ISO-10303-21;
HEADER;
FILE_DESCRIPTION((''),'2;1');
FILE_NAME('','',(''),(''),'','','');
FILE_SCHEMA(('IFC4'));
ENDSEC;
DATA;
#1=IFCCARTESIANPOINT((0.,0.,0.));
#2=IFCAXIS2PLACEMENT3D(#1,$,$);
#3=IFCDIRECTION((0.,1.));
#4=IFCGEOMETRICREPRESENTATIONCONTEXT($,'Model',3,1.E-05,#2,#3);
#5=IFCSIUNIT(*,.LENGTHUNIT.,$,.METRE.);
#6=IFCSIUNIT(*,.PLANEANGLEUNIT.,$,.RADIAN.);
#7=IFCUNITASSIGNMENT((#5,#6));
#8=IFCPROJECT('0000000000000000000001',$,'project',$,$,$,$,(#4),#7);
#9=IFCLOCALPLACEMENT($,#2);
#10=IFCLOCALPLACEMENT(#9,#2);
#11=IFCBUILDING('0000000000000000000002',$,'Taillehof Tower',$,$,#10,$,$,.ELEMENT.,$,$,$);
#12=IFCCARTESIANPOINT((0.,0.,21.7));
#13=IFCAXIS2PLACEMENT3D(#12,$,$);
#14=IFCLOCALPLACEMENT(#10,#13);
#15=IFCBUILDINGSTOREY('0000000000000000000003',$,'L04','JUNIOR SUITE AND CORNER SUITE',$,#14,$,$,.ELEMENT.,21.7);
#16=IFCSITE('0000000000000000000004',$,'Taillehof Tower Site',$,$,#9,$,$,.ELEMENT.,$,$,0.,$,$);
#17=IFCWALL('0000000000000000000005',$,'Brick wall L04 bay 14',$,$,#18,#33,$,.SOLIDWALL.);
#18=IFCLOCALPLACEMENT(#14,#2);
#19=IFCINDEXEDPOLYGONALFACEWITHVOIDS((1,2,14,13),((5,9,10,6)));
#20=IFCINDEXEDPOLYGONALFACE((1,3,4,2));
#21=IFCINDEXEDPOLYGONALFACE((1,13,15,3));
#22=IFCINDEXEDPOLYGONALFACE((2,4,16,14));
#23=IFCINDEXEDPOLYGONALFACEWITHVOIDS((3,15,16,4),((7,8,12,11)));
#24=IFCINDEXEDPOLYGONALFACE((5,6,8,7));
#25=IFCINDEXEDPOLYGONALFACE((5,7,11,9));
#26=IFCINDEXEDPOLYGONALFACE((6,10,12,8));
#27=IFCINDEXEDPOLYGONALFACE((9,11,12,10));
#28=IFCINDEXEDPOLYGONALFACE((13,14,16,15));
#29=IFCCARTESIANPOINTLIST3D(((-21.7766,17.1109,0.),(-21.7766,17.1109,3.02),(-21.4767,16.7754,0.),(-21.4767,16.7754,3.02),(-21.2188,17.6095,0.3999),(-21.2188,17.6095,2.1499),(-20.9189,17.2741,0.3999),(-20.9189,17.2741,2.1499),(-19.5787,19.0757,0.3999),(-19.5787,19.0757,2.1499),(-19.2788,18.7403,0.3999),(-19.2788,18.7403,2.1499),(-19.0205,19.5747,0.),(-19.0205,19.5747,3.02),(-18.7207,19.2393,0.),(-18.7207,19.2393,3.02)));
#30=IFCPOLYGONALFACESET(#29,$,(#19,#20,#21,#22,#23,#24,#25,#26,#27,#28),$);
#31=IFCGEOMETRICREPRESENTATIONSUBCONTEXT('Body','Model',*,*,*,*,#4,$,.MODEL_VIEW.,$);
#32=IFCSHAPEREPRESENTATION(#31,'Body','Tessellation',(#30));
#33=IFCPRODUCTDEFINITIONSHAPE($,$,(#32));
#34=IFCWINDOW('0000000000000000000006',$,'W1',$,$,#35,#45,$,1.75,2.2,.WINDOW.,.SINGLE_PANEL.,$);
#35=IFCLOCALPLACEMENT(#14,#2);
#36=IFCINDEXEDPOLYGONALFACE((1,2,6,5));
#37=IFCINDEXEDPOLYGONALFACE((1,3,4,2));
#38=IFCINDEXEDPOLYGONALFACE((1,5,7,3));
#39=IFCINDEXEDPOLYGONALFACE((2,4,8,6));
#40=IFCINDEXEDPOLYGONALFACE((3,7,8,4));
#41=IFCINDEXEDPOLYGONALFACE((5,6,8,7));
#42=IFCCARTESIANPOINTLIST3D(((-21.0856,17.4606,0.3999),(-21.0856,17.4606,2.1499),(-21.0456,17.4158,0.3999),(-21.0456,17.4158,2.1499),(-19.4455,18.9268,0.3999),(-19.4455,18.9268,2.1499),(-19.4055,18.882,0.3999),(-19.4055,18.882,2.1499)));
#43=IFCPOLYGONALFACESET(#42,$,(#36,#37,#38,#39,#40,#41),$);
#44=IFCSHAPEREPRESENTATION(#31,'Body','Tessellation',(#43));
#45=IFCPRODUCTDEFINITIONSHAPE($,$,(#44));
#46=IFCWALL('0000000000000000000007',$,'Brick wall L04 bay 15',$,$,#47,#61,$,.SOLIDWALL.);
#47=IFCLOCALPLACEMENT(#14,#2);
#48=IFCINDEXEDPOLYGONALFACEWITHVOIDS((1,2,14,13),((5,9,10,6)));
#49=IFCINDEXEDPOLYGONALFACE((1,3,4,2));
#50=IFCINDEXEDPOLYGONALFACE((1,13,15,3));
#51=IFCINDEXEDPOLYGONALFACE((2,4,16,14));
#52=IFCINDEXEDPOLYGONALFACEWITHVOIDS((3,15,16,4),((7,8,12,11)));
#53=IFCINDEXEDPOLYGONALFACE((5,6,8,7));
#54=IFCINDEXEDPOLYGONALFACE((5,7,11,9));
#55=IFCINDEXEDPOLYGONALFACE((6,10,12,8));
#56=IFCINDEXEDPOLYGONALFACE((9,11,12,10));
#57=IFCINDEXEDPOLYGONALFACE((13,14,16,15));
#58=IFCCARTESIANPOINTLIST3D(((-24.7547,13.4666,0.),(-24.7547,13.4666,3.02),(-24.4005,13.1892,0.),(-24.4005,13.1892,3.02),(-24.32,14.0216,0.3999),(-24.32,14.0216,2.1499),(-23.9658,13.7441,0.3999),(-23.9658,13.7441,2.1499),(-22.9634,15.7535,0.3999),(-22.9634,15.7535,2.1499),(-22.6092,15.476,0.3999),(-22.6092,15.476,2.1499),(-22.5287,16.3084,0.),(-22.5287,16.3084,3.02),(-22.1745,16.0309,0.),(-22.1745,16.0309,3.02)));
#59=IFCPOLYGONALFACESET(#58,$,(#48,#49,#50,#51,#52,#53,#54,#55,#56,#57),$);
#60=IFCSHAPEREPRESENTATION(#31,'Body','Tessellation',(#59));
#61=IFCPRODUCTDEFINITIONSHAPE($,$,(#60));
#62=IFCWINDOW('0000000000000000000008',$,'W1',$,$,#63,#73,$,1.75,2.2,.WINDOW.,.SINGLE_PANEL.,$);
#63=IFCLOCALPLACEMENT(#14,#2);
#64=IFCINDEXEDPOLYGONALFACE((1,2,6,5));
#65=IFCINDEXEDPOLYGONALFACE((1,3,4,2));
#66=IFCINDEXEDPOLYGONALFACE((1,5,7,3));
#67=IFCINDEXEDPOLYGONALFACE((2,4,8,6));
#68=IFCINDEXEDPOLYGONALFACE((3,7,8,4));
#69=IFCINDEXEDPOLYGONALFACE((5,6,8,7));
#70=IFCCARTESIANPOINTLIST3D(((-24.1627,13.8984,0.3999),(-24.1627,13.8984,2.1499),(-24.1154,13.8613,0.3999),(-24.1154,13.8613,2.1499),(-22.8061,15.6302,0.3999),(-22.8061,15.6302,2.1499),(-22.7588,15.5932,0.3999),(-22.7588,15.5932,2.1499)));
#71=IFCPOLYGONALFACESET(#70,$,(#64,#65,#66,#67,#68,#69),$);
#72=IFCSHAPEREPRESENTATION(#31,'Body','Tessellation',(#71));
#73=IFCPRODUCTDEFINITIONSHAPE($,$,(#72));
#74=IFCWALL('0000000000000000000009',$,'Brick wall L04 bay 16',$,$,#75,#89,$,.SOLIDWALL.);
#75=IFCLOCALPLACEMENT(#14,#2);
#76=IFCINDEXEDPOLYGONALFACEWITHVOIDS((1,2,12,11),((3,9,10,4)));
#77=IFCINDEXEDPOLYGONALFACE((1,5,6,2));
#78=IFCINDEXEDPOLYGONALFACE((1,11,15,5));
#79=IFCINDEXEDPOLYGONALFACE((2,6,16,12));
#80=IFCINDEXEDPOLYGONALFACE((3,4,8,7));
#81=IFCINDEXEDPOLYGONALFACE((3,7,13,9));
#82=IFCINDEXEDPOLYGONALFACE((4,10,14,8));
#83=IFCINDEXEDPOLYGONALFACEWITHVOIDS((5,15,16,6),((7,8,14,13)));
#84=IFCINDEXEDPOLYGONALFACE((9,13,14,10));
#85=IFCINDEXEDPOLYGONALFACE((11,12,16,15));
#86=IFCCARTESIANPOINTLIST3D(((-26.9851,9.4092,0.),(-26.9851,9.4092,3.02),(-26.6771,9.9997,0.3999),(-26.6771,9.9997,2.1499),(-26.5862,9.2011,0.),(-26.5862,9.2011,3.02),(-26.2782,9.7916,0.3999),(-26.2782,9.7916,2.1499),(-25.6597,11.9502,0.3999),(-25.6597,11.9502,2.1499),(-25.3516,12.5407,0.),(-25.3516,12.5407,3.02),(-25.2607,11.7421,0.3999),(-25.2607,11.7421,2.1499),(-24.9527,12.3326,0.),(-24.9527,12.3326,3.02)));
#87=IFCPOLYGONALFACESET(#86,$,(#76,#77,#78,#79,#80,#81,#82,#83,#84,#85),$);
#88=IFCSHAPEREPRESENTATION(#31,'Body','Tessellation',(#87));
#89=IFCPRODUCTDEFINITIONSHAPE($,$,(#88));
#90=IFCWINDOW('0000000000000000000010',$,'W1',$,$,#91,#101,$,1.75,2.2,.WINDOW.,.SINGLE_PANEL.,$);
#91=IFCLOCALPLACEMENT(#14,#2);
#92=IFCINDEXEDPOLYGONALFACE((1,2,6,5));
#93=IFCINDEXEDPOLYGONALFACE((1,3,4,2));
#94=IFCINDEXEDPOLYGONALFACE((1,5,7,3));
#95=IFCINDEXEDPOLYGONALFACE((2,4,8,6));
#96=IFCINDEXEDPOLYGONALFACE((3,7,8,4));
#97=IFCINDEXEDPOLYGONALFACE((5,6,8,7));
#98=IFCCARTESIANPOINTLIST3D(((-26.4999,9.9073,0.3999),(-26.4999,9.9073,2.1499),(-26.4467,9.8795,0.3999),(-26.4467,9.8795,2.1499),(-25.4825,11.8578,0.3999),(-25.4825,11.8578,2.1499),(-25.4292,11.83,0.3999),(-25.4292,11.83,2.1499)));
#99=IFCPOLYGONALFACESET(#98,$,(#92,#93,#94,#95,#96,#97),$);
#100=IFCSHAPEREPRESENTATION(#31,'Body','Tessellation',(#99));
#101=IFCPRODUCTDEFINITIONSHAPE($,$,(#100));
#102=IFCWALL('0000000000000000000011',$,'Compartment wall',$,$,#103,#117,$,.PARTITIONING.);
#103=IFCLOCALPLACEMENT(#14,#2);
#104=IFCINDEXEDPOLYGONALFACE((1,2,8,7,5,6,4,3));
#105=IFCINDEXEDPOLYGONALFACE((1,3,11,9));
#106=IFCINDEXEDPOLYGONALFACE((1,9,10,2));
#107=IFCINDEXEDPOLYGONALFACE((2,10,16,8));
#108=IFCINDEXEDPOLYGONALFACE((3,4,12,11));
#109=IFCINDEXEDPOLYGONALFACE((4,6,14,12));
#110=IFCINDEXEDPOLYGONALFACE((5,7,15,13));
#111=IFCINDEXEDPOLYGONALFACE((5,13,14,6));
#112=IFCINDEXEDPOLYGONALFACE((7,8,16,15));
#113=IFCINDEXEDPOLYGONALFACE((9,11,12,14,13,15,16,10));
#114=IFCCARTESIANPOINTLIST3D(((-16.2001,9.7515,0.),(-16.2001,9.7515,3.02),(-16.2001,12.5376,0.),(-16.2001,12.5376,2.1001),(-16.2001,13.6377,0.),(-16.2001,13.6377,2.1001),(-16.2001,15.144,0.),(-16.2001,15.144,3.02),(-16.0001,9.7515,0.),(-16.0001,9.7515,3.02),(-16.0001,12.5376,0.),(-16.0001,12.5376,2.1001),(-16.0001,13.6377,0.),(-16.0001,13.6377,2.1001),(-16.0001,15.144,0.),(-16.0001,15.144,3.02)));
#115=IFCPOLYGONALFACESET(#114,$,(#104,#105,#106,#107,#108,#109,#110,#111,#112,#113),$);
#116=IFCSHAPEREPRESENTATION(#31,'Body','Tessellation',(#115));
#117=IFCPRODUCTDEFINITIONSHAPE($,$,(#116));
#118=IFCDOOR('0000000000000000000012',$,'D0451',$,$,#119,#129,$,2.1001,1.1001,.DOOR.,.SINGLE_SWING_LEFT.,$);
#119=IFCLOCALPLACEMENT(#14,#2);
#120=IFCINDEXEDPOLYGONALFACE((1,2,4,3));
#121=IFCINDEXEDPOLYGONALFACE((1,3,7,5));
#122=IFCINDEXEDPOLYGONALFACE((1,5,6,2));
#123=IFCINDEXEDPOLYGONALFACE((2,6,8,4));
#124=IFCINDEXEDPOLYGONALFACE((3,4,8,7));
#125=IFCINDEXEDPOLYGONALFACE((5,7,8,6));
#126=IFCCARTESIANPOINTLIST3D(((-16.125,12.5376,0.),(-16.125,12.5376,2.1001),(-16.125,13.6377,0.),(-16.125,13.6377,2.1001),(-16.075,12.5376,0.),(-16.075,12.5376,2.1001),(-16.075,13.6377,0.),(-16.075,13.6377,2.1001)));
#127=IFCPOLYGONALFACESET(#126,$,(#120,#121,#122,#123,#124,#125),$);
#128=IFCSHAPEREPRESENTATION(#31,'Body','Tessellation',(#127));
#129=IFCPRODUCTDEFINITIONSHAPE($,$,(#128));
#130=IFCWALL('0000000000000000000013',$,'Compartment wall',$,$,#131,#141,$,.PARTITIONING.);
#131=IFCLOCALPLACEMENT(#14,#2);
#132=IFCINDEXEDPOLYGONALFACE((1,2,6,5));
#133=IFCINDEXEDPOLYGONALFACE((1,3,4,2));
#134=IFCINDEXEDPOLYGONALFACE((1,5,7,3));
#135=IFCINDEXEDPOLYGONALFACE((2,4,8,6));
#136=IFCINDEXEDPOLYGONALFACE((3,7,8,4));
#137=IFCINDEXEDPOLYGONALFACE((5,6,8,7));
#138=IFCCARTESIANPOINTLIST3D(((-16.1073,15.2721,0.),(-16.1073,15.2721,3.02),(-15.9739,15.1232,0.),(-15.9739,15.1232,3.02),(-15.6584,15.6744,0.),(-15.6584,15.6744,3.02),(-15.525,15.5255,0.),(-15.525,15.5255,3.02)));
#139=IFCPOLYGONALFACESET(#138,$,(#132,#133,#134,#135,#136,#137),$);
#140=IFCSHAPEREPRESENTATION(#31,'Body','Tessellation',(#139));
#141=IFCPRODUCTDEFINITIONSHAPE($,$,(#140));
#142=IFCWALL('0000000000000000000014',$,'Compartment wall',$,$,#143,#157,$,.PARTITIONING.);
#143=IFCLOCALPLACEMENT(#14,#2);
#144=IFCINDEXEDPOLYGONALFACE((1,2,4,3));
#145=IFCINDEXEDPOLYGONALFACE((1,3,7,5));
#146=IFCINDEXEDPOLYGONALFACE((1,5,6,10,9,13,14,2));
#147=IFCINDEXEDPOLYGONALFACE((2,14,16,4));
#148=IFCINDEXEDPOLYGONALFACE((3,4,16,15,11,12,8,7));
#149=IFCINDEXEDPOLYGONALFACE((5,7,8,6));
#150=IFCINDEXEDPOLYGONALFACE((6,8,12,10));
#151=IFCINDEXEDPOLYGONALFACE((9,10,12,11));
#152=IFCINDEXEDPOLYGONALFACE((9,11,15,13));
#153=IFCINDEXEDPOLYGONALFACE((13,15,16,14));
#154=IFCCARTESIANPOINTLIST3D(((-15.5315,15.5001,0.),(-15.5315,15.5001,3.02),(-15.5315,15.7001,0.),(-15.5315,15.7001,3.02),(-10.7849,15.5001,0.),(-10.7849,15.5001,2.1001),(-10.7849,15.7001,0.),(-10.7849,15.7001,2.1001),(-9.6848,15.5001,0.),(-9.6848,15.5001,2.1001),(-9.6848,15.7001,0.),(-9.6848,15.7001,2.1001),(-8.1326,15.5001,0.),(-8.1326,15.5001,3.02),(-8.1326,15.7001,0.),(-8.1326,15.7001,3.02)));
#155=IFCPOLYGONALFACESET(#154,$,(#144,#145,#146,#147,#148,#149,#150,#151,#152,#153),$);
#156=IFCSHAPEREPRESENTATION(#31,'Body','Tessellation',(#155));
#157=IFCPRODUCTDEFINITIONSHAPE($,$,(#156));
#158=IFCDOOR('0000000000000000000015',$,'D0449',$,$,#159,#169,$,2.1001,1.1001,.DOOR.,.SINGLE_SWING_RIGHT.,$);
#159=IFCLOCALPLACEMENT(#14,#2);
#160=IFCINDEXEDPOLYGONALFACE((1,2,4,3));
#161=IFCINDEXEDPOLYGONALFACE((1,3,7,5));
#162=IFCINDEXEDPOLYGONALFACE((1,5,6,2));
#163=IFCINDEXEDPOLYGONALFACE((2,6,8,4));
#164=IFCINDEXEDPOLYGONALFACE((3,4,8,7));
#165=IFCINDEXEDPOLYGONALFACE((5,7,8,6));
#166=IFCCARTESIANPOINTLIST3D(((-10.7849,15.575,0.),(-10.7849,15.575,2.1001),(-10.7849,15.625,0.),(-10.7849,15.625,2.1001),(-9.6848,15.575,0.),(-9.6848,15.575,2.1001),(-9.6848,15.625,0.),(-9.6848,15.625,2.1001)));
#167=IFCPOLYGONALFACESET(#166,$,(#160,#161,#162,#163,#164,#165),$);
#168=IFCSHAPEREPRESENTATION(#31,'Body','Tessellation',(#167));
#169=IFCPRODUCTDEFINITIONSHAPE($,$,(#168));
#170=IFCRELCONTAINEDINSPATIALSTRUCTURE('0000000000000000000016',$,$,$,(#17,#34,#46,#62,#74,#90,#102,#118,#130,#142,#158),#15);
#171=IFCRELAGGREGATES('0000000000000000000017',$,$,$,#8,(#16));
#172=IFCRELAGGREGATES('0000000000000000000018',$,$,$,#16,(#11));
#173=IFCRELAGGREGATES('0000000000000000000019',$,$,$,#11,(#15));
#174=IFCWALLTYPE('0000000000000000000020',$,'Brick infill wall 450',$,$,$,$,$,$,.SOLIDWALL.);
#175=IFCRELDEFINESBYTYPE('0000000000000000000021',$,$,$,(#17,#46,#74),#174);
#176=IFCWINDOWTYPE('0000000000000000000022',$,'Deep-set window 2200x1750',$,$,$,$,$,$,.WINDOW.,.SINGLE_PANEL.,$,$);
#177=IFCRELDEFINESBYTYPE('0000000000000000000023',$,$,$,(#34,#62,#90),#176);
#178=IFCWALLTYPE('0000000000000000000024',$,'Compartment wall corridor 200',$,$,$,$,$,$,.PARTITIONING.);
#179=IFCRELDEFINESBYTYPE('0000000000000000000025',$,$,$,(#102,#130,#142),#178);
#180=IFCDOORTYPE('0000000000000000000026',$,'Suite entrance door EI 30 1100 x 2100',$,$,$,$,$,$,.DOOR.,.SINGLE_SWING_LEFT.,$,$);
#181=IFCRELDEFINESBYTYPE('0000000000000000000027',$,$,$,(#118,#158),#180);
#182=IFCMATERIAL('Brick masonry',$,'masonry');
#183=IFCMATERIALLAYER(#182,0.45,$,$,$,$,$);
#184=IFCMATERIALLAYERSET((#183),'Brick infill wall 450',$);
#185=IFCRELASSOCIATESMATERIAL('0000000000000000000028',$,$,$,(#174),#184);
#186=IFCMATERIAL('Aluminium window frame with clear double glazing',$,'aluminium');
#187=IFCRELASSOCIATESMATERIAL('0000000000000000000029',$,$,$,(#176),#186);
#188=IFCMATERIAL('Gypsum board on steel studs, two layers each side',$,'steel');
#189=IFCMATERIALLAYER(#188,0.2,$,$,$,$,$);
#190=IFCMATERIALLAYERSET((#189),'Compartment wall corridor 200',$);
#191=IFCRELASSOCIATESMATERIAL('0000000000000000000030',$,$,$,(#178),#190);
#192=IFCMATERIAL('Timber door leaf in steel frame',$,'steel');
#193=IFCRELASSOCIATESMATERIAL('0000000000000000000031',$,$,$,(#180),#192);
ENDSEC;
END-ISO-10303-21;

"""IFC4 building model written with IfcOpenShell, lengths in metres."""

from ifc_helpers import new_model, si_unit, direction, frame, frame_2d, origin, place, context, subcontext, project, spatial, rectangle, extrude, material, layer, layer_set, type_object, element, fill, save


model = new_model("IFC4")

# Units and contexts
model_context = context("Model", 3, precision=1e-05, world=origin(), true_north=direction((0.0, 1.0)))
body_context = subcontext(model_context, "Body", "Model", "MODEL_VIEW")
ifc_project = project(units=[si_unit("LENGTHUNIT", "METRE"), si_unit("PLANEANGLEUNIT", "RADIAN")], contexts=[model_context])

# Site, building, storey
site_placement = place(None, origin())
site = spatial("IfcSite", under=ifc_project, at=site_placement, Name="Taillehof Tower Site", CompositionType="ELEMENT", RefElevation=0.0)
building_placement = place(site_placement, origin())
building = spatial("IfcBuilding", under=site, at=building_placement, Name="Taillehof Tower", CompositionType="ELEMENT")
storey_placement = place(building_placement, frame((0.0, 0.0, 21.7)))
storey = spatial("IfcBuildingStorey", under=building, at=storey_placement, Name="L04", Description="JUNIOR SUITE AND CORNER SUITE", CompositionType="ELEMENT", Elevation=21.7)

# Walls, openings, windows
ifc_material_1 = material(Name="Brick masonry", Category="masonry")
ifc_layer_1 = layer(ifc_material_1, 0.45)
ifc_layer_set_1 = layer_set([ifc_layer_1], Name="Brick infill wall 450")
wall_type_1 = type_object("IfcWallType", Name="Brick infill wall 450", PredefinedType="SOLIDWALL", material=ifc_layer_set_1)
ifc_material_2 = material(Name="Aluminium window frame with clear double glazing", Category="aluminium")
window_type = type_object("IfcWindowType", Name="Deep-set window 2200x1750", PartitioningType="SINGLE_PANEL", PredefinedType="WINDOW", material=ifc_material_2)
wall_1_placement = place(storey_placement, frame((-18.8706, 19.407, 0.0), z_axis=(0.0, 0.0, 1.0), x_axis=(-0.745526, -0.666476, 0.0)))
wall_1 = element("IfcWall", 1, at=wall_1_placement, inside=storey, type_object=wall_type_1, Name="Brick wall L04 bay 14", PredefinedType="SOLIDWALL", context=body_context, shape_type="SweptSolid", body=[
    extrude(rectangle(XDim=3.6968, YDim=0.45, at=frame_2d((1.8484, 0.0))), origin(), (0.0, 0.0, 1.0), 3.02),
])
opening_1_placement = place(wall_1_placement, frame((0.7485, 0.0, 0.3999)))
opening_1 = element("IfcOpeningElement", 2, at=opening_1_placement, cuts=wall_1, PredefinedType="OPENING", context=body_context, shape_type="SweptSolid", body=[
    extrude(rectangle(XDim=2.2, YDim=1.75, at=frame_2d((1.1001, 0.875))), frame((0.0, 0.2349, 0.0), z_axis=(0.0, -1.0, 0.0), x_axis=(1.0, 0.0, 0.0)), (0.0, 0.0, 1.0), 0.47),
])
window_1_placement = place(opening_1_placement, origin())
window_1 = element("IfcWindow", 3, at=window_1_placement, inside=storey, type_object=window_type, Name="W1", OverallHeight=1.75, OverallWidth=2.2, PartitioningType="SINGLE_PANEL", PredefinedType="WINDOW", context=body_context, shape_type="SweptSolid", body=[
    extrude(rectangle(XDim=2.2, YDim=1.75, at=frame_2d((1.1001, 0.875))), frame((0.0, 0.0349, 0.0), z_axis=(0.0, -1.0, 0.0), x_axis=(1.0, 0.0, 0.0)), (0.0, 0.0, 1.0), 0.0601),
])
fill(opening_1, window_1)
wall_2_placement = place(storey_placement, frame((-22.3516, 16.1697, 0.0), z_axis=(0.0, 0.0, 1.0), x_axis=(-0.616662, -0.787228, 0.0)))
wall_2 = element("IfcWall", 4, at=wall_2_placement, inside=storey, type_object=wall_type_1, Name="Brick wall L04 bay 15", PredefinedType="SOLIDWALL", context=body_context, shape_type="SweptSolid", body=[
    extrude(rectangle(XDim=3.6099, YDim=0.45, at=frame_2d((1.8049, 0.0))), origin(), (0.0, 0.0, 1.0), 3.02),
])
opening_2_placement = place(wall_2_placement, frame((0.7048, 0.0, 0.3999)))
opening_2 = element("IfcOpeningElement", 5, at=opening_2_placement, cuts=wall_2, PredefinedType="OPENING", context=body_context, shape_type="SweptSolid", body=[
    extrude(rectangle(XDim=2.2, YDim=1.75, at=frame_2d((1.1001, 0.875))), frame((0.0, 0.2349, 0.0), z_axis=(0.0, -1.0, 0.0), x_axis=(1.0, 0.0, 0.0)), (0.0, 0.0, 1.0), 0.47),
])
window_2_placement = place(opening_2_placement, origin())
window_2 = element("IfcWindow", 6, at=window_2_placement, inside=storey, type_object=window_type, Name="W1", OverallHeight=1.75, OverallWidth=2.2, PartitioningType="SINGLE_PANEL", PredefinedType="WINDOW", context=body_context, shape_type="SweptSolid", body=[
    extrude(rectangle(XDim=2.2, YDim=1.75, at=frame_2d((1.1001, 0.875))), frame((0.0, 0.0349, 0.0), z_axis=(0.0, -1.0, 0.0), x_axis=(1.0, 0.0, 0.0)), (0.0, 0.0, 1.0), 0.0601),
])
fill(opening_2, window_2)
wall_3_placement = place(storey_placement, frame((-25.1521, 12.4368, 0.0), z_axis=(0.0, 0.0, 1.0), x_axis=(-0.462493, -0.886623, 0.0)))
wall_3 = element("IfcWall", 7, at=wall_3_placement, inside=storey, type_object=wall_type_1, Name="Brick wall L04 bay 16", PredefinedType="SOLIDWALL", context=body_context, shape_type="SweptSolid", body=[
    extrude(rectangle(XDim=3.532, YDim=0.45, at=frame_2d((1.7661, 0.0))), origin(), (0.0, 0.0, 1.0), 3.02),
])
opening_3_placement = place(wall_3_placement, frame((0.666, 0.0, 0.3999)))
opening_3 = element("IfcOpeningElement", 8, at=opening_3_placement, cuts=wall_3, PredefinedType="OPENING", context=body_context, shape_type="SweptSolid", body=[
    extrude(rectangle(XDim=2.2, YDim=1.75, at=frame_2d((1.1001, 0.875))), frame((0.0, 0.2349, 0.0), z_axis=(0.0, -1.0, 0.0), x_axis=(1.0, 0.0, 0.0)), (0.0, 0.0, 1.0), 0.47),
])
window_3_placement = place(opening_3_placement, origin())
window_3 = element("IfcWindow", 9, at=window_3_placement, inside=storey, type_object=window_type, Name="W1", OverallHeight=1.75, OverallWidth=2.2, PartitioningType="SINGLE_PANEL", PredefinedType="WINDOW", context=body_context, shape_type="SweptSolid", body=[
    extrude(rectangle(XDim=2.2, YDim=1.75, at=frame_2d((1.1001, 0.875))), frame((0.0, 0.0349, 0.0), z_axis=(0.0, -1.0, 0.0), x_axis=(1.0, 0.0, 0.0)), (0.0, 0.0, 1.0), 0.0601),
])
fill(opening_3, window_3)

# Wall, opening, door
ifc_material_3 = material(Name="Gypsum board on steel studs, two layers each side", Category="steel")
ifc_layer_2 = layer(ifc_material_3, 0.2)
ifc_layer_set_2 = layer_set([ifc_layer_2], Name="Compartment wall corridor 200")
wall_type_2 = type_object("IfcWallType", Name="Compartment wall corridor 200", PredefinedType="PARTITIONING", material=ifc_layer_set_2)
wall_4_placement = place(storey_placement, frame((-16.1001, 9.7515, 0.0), z_axis=(0.0, 0.0, 1.0), x_axis=(0.0, 1.0, 0.0)))
wall_4 = element("IfcWall", 10, at=wall_4_placement, inside=storey, type_object=wall_type_2, Name="Compartment wall", PredefinedType="PARTITIONING", context=body_context, shape_type="SweptSolid", body=[
    extrude(rectangle(XDim=5.3926, YDim=0.2, at=frame_2d((2.6963, 0.0))), origin(), (0.0, 0.0, 1.0), 3.02),
])
opening_4_placement = place(wall_4_placement, frame((2.7861, 0.0, 0.0)))
opening_4 = element("IfcOpeningElement", 11, at=opening_4_placement, cuts=wall_4, PredefinedType="OPENING", context=body_context, shape_type="SweptSolid", body=[
    extrude(rectangle(XDim=1.1001, YDim=2.1001, at=frame_2d((0.55, 1.05))), frame((0.0, 0.1099, 0.0), z_axis=(0.0, -1.0, 0.0), x_axis=(1.0, 0.0, 0.0)), (0.0, 0.0, 1.0), 0.22),
])
ifc_material_4 = material(Name="Timber door leaf in steel frame", Category="steel")
door_type_1 = type_object("IfcDoorType", Name="Suite entrance door EI 30 1100 x 2100", OperationType="SINGLE_SWING_LEFT", PredefinedType="DOOR", material=ifc_material_4)
door_1_placement = place(opening_4_placement, origin())
door_1 = element("IfcDoor", 12, at=door_1_placement, inside=storey, type_object=door_type_1, Name="D0451", OperationType="SINGLE_SWING_LEFT", OverallHeight=2.1001, OverallWidth=1.1001, PredefinedType="DOOR", context=body_context, shape_type="SweptSolid", body=[
    extrude(rectangle(XDim=1.1001, YDim=2.1001, at=frame_2d((0.55, 1.05))), frame((0.0, 0.0249, 0.0), z_axis=(0.0, -1.0, 0.0), x_axis=(1.0, 0.0, 0.0)), (0.0, 0.0, 1.0), 0.05),
])
fill(opening_4, door_1)

# Wall
wall_5_placement = place(storey_placement, frame((-16.0405, 15.1978, 0.0), z_axis=(0.0, 0.0, 1.0), x_axis=(0.744722, 0.667375, 0.0)))
element("IfcWall", 13, at=wall_5_placement, inside=storey, type_object=wall_type_2, Name="Compartment wall", PredefinedType="PARTITIONING", context=body_context, shape_type="SweptSolid", body=[
    extrude(rectangle(XDim=0.6028, YDim=0.2, at=frame_2d((0.3013, 0.0))), origin(), (0.0, 0.0, 1.0), 3.02),
])

# Wall, opening, door
wall_6_placement = place(storey_placement, frame((-15.5315, 15.6001, 0.0), z_axis=(0.0, 0.0, 1.0), x_axis=(1.0, 0.0, 0.0)))
wall_6 = element("IfcWall", 14, at=wall_6_placement, inside=storey, type_object=wall_type_2, Name="Compartment wall", PredefinedType="PARTITIONING", context=body_context, shape_type="SweptSolid", body=[
    extrude(rectangle(XDim=7.3989, YDim=0.2, at=frame_2d((3.6995, 0.0))), origin(), (0.0, 0.0, 1.0), 3.02),
])
opening_5_placement = place(wall_6_placement, frame((4.7466, 0.0, 0.0)))
opening_5 = element("IfcOpeningElement", 15, at=opening_5_placement, cuts=wall_6, PredefinedType="OPENING", context=body_context, shape_type="SweptSolid", body=[
    extrude(rectangle(XDim=1.1001, YDim=2.1001, at=frame_2d((0.55, 1.05))), frame((0.0, 0.1099, 0.0), z_axis=(0.0, -1.0, 0.0), x_axis=(1.0, 0.0, 0.0)), (0.0, 0.0, 1.0), 0.22),
])
door_2_placement = place(opening_5_placement, origin())
door_2 = element("IfcDoor", 16, at=door_2_placement, inside=storey, type_object=door_type_1, Name="D0449", OperationType="SINGLE_SWING_RIGHT", OverallHeight=2.1001, OverallWidth=1.1001, PredefinedType="DOOR", context=body_context, shape_type="SweptSolid", body=[
    extrude(rectangle(XDim=1.1001, YDim=2.1001, at=frame_2d((0.55, 1.05))), frame((0.0, 0.0249, 0.0), z_axis=(0.0, -1.0, 0.0), x_axis=(1.0, 0.0, 0.0)), (0.0, 0.0, 1.0), 0.05),
])
fill(opening_5, door_2)

save(model, "model.ifc")
